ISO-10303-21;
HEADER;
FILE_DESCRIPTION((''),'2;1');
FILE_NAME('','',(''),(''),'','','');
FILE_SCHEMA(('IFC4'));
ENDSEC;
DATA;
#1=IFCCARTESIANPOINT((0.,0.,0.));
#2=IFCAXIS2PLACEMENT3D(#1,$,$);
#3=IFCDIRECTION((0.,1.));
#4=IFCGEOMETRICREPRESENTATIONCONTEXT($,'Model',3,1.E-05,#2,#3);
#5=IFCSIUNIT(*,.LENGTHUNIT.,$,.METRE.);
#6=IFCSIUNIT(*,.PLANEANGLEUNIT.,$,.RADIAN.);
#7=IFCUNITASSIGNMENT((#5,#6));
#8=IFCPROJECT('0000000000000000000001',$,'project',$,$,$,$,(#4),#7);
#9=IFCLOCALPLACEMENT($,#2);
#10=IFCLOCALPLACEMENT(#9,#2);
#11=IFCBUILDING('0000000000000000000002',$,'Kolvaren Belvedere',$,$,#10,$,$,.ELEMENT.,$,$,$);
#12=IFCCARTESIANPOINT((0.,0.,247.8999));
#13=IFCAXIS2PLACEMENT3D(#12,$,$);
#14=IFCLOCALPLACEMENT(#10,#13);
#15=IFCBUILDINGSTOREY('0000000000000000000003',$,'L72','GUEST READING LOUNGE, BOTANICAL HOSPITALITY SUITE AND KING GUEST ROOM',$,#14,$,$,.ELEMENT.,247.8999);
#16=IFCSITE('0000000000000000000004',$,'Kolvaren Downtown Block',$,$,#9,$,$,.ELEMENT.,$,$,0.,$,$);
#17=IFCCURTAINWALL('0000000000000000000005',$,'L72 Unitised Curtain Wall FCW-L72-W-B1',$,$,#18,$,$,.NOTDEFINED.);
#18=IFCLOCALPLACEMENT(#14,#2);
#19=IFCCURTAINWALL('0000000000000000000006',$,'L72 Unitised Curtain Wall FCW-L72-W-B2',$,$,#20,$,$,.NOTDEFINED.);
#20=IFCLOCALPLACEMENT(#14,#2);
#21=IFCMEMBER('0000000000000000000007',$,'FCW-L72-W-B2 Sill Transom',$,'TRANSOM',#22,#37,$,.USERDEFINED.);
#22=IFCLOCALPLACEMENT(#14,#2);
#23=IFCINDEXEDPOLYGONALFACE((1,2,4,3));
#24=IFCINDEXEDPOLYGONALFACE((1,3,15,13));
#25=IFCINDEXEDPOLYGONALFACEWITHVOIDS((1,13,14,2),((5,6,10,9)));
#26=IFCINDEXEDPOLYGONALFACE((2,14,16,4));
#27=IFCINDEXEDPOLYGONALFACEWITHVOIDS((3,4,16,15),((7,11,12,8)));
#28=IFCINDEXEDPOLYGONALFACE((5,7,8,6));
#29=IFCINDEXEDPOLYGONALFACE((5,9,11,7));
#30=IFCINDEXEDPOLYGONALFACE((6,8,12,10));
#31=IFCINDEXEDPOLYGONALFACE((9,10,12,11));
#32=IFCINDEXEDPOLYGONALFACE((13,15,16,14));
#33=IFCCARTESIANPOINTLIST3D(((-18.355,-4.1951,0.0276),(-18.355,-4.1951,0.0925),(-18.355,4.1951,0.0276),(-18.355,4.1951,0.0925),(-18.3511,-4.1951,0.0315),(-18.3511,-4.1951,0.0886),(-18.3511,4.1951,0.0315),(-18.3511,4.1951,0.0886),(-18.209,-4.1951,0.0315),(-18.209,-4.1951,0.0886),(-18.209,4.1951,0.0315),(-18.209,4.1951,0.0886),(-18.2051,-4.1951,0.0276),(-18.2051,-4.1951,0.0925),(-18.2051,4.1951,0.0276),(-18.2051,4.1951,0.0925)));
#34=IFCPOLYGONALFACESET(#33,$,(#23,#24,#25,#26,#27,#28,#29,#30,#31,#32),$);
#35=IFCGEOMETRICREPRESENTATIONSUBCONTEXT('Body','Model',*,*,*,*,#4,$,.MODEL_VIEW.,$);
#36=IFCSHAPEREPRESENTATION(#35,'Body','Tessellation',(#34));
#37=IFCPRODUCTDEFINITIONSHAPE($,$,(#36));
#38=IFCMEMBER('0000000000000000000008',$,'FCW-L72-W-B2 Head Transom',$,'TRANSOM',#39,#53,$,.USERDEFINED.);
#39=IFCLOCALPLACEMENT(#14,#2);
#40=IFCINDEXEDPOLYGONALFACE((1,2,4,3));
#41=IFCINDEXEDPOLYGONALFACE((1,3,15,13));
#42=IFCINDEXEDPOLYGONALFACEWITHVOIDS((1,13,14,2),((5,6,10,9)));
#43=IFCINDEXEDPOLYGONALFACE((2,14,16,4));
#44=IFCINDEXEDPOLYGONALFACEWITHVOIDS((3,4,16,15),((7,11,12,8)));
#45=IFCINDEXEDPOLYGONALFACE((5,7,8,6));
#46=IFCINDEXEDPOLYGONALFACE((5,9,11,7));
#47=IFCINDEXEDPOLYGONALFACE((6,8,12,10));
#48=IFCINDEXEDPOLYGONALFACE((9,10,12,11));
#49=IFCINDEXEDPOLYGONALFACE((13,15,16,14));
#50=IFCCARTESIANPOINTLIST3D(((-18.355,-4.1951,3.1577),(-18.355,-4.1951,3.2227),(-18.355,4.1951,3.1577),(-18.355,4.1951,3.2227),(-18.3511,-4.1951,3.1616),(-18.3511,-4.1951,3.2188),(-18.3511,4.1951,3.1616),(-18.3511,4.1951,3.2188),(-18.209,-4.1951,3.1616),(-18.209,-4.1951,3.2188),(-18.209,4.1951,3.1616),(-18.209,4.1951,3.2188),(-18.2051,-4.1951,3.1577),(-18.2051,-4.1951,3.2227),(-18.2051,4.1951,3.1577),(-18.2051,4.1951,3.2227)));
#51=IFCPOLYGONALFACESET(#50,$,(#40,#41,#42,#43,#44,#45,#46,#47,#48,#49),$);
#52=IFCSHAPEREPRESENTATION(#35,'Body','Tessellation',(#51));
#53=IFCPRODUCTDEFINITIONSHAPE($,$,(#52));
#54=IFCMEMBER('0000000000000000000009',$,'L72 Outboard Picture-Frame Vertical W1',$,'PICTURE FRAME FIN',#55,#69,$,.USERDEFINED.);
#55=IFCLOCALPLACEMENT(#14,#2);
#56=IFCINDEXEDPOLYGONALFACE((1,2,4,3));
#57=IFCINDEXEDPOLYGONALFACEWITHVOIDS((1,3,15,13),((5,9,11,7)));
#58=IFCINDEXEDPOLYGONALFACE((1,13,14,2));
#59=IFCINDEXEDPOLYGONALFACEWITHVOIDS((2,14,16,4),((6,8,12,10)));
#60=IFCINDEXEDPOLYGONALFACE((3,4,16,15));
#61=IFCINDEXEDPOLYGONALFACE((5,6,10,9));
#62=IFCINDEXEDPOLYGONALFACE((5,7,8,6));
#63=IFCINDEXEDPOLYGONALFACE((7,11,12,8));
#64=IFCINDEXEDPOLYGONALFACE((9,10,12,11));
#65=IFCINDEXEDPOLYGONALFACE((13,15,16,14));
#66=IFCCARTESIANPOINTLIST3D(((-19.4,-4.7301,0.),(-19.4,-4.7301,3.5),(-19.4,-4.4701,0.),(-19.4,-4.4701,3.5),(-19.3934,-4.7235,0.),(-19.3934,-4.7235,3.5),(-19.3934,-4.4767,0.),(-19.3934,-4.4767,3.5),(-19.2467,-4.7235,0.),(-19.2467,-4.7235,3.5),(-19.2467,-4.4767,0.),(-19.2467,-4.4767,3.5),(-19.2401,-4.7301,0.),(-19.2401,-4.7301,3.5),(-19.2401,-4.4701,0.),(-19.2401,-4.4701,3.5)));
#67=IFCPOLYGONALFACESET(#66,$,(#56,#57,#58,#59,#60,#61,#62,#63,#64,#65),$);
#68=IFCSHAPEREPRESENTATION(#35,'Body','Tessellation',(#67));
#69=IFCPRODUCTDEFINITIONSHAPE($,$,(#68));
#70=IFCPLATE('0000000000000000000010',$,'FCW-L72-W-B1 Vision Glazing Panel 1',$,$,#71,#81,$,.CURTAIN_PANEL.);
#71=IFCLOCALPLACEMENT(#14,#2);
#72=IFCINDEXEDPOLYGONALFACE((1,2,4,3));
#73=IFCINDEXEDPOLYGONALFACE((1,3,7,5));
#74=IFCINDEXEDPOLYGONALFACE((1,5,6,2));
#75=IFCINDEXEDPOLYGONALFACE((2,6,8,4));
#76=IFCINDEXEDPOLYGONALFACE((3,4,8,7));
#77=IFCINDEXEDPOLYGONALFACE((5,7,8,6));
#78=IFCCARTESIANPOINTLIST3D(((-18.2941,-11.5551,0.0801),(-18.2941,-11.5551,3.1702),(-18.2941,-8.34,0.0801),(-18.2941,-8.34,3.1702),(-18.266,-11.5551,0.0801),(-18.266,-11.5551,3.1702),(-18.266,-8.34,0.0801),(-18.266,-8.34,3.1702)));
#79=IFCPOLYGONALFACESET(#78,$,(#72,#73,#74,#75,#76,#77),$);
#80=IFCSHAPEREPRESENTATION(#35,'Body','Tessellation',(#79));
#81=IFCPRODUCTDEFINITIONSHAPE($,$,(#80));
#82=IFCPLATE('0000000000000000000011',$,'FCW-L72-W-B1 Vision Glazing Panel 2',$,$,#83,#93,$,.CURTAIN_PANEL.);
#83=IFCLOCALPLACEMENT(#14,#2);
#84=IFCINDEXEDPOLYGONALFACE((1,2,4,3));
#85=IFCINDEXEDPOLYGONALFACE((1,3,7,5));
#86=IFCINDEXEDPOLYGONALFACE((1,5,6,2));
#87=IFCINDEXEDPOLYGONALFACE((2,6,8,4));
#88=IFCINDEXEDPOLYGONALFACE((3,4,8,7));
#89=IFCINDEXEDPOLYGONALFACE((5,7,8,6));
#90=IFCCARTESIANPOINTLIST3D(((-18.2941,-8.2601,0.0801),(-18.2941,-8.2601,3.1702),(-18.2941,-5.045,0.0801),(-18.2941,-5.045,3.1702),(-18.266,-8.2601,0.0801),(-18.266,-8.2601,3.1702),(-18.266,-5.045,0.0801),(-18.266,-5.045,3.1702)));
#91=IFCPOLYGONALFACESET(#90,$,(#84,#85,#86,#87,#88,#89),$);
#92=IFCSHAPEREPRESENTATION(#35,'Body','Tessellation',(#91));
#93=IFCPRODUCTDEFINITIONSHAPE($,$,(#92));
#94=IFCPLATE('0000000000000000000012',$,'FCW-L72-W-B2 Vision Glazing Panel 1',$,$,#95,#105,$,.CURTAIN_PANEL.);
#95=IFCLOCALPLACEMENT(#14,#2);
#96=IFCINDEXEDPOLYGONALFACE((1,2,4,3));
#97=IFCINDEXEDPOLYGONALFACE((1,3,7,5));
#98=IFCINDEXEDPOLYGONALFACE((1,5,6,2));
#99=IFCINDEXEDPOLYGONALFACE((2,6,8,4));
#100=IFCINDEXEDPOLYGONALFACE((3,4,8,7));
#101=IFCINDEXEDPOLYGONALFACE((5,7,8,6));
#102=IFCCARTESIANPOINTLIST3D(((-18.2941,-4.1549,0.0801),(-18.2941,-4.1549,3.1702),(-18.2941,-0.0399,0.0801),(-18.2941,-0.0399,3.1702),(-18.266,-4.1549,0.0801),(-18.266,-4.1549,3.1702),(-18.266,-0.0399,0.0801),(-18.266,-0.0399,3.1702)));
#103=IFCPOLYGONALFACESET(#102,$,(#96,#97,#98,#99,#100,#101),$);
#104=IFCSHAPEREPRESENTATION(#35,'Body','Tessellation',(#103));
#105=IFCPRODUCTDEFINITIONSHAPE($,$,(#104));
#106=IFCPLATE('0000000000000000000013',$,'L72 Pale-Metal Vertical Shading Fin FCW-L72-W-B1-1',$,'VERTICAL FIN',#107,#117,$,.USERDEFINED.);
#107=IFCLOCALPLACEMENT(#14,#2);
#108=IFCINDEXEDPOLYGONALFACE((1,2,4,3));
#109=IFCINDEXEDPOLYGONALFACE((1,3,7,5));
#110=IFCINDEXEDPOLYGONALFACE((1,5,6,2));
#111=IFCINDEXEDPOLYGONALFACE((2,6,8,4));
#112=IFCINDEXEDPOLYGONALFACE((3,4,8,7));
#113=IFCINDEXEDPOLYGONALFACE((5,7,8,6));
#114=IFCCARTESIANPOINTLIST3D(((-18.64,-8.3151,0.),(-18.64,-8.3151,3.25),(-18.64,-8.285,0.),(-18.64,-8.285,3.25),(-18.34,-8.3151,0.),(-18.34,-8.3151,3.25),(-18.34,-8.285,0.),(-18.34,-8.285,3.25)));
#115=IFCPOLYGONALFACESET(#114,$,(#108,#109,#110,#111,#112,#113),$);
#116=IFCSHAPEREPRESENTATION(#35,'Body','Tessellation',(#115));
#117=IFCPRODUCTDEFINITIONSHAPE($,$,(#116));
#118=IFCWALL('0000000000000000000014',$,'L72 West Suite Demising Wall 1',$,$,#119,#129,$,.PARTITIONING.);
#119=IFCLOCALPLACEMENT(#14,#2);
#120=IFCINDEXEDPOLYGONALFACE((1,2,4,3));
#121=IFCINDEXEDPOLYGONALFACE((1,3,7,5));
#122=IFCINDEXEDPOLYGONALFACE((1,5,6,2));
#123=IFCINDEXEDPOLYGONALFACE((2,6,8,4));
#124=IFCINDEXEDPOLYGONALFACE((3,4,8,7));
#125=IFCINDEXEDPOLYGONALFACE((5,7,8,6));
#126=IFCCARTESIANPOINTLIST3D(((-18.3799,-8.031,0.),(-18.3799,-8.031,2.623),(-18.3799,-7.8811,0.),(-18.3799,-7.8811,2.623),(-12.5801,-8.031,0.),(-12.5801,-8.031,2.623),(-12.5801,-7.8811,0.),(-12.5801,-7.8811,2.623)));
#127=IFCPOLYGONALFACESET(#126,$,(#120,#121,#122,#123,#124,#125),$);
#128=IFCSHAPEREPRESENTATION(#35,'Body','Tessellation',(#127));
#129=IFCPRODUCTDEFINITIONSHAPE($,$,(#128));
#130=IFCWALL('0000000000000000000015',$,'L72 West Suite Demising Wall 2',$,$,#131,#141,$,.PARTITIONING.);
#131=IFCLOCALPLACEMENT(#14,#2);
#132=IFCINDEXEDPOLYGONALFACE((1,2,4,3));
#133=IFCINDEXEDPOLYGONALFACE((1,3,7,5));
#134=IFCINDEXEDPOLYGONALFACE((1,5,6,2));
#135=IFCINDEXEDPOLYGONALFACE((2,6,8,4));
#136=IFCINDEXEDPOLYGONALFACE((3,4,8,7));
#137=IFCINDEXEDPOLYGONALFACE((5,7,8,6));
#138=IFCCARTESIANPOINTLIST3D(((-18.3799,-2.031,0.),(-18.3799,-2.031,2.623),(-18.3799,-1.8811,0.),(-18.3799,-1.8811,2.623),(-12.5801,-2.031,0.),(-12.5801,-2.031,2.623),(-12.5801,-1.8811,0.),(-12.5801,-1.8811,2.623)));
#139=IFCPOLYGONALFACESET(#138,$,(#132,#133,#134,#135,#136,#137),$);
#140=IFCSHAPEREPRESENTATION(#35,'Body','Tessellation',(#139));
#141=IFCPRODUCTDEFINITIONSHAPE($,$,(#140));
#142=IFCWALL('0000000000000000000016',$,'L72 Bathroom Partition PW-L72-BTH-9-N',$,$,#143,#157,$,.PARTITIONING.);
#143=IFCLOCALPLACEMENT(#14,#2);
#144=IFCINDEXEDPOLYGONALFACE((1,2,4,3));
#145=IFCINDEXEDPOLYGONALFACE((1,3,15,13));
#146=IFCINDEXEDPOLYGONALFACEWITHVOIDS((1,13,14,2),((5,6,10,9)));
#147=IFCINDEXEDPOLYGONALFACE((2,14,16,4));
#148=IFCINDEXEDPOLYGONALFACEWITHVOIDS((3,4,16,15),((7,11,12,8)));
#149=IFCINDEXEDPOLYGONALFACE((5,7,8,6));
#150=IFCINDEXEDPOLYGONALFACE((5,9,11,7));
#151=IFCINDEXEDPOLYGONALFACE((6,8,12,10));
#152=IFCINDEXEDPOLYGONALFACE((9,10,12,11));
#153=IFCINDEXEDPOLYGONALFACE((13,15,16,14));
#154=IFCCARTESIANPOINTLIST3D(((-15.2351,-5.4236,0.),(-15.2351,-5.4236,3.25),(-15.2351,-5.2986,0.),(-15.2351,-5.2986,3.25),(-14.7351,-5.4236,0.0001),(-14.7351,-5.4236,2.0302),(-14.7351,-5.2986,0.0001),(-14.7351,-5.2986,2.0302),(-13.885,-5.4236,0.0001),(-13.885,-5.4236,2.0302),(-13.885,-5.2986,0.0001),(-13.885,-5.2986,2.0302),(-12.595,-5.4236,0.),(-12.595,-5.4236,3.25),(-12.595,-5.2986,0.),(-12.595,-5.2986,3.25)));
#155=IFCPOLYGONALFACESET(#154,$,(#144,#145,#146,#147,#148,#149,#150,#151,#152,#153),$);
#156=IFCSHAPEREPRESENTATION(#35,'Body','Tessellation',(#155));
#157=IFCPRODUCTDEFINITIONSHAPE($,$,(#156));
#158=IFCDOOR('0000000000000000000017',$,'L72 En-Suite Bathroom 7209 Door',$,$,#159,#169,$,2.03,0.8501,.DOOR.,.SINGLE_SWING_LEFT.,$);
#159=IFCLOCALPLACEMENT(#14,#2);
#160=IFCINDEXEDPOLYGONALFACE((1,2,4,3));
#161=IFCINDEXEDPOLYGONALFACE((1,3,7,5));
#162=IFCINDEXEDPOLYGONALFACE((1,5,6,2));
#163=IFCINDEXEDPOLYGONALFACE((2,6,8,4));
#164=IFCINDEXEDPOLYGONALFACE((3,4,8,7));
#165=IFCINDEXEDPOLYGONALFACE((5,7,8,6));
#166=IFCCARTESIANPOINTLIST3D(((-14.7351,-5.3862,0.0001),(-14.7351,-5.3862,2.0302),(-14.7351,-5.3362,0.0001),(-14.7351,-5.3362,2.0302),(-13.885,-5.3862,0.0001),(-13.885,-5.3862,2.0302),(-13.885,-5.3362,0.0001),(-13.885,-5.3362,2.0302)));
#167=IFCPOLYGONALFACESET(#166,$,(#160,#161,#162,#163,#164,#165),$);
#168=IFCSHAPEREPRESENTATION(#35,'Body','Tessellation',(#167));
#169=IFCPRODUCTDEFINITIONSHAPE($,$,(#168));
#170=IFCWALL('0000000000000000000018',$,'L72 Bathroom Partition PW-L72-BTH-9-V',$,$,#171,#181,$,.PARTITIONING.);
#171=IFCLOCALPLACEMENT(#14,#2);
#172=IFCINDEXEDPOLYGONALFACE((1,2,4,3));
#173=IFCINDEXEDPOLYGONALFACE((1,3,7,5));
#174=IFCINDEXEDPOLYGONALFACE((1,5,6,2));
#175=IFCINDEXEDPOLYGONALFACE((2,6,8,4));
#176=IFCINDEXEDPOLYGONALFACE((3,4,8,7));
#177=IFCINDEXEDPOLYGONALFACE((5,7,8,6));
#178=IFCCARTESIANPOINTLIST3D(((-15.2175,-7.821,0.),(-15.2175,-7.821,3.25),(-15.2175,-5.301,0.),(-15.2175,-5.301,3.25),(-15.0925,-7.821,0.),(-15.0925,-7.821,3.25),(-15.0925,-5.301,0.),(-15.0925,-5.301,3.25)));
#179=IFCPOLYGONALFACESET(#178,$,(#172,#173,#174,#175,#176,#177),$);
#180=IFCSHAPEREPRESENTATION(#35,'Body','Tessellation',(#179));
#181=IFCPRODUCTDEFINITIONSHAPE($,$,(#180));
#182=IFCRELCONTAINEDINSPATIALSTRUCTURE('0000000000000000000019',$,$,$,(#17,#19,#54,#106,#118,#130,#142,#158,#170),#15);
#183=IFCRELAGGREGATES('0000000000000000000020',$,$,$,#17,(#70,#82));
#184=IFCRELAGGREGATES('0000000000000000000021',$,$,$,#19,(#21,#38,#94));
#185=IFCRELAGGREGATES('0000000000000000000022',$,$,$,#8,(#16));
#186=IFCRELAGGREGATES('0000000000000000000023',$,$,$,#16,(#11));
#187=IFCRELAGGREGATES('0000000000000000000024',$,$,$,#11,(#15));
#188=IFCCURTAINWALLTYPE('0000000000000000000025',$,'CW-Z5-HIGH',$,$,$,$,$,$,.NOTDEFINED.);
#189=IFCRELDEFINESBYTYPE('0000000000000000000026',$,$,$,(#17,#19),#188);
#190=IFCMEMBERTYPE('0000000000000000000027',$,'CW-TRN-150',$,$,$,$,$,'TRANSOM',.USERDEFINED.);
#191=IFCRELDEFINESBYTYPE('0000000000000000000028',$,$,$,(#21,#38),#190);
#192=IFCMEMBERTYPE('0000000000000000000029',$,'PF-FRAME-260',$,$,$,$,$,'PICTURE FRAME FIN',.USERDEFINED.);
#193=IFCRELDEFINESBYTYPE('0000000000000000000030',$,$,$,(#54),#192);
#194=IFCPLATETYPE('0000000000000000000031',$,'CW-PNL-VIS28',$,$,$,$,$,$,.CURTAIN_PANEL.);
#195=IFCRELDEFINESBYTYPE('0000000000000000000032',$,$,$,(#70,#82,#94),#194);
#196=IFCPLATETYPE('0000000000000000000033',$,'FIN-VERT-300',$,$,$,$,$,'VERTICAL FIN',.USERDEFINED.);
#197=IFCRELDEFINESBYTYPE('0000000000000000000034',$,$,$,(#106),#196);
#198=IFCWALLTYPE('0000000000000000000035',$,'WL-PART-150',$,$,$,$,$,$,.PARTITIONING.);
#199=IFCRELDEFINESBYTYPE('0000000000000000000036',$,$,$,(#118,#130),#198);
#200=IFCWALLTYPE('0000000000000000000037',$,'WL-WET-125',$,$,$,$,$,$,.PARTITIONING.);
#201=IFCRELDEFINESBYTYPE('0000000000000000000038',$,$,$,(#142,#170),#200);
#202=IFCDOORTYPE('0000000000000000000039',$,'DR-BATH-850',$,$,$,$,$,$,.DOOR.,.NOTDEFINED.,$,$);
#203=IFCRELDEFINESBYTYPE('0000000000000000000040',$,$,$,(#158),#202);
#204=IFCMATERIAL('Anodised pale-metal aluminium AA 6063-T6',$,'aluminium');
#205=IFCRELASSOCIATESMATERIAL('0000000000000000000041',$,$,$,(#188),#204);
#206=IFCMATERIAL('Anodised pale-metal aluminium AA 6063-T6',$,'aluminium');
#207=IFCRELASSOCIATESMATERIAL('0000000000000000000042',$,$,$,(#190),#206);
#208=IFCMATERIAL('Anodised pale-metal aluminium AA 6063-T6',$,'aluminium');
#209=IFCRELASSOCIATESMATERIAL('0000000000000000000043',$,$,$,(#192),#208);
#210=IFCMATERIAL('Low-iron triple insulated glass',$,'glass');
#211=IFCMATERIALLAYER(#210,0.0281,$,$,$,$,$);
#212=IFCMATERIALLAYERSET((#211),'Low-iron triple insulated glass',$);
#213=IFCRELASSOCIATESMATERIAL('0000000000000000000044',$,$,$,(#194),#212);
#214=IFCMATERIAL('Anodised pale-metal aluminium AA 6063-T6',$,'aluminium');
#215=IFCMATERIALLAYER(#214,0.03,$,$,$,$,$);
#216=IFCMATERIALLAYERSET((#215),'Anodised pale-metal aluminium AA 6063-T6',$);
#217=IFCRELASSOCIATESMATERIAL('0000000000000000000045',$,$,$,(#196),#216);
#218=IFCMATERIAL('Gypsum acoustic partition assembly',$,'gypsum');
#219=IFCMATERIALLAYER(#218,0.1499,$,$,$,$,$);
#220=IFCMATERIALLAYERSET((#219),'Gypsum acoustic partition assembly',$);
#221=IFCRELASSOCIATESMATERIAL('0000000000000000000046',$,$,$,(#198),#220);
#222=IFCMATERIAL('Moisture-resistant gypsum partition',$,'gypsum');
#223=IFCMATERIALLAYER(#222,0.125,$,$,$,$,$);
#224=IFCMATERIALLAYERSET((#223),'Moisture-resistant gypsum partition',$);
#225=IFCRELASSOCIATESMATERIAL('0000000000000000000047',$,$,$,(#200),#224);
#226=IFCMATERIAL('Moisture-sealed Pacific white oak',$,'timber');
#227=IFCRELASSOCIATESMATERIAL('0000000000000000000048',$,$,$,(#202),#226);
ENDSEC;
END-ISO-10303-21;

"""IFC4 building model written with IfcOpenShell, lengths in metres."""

from ifc_helpers import new_model, si_unit, direction, frame, frame_2d, origin, origin_2d, place, context, subcontext, project, spatial, rectangle, hollow_rectangle, extrude, material, layer, layer_set, material_profile, profile_set, type_object, element, fill, aggregate, save


model = new_model("IFC4")

# Units and contexts
model_context = context("Model", 3, precision=1e-05, world=origin(), true_north=direction((0.0, 1.0)))
body_context = subcontext(model_context, "Body", "Model", "MODEL_VIEW")
ifc_project = project(units=[si_unit("LENGTHUNIT", "METRE"), si_unit("PLANEANGLEUNIT", "RADIAN")], contexts=[model_context])

# Site, building, storey
site_placement = place(None, origin())
site = spatial("IfcSite", under=ifc_project, at=site_placement, Name="Kolvaren Downtown Block", CompositionType="ELEMENT", RefElevation=0.0)
building_placement = place(site_placement, origin())
building = spatial("IfcBuilding", under=site, at=building_placement, Name="Kolvaren Belvedere", CompositionType="ELEMENT")
storey_placement = place(building_placement, frame((0.0, 0.0, 247.8999)))
storey = spatial("IfcBuildingStorey", under=building, at=storey_placement, Name="L72", Description="GUEST READING LOUNGE, BOTANICAL HOSPITALITY SUITE AND KING GUEST ROOM", CompositionType="ELEMENT", Elevation=247.8999)

# Curtain wall
ifc_material_1 = material(Name="Anodised pale-metal aluminium AA 6063-T6", Category="aluminium")
curtain_wall_type = type_object("IfcCurtainWallType", Name="CW-Z5-HIGH", PredefinedType="NOTDEFINED", material=ifc_material_1)
curtain_wall_1_placement = place(storey_placement, origin())
curtain_wall_1 = element("IfcCurtainWall", 1, at=curtain_wall_1_placement, inside=storey, type_object=curtain_wall_type, Name="L72 Unitised Curtain Wall FCW-L72-W-B1", PredefinedType="NOTDEFINED")

# Curtain wall
curtain_wall_2_placement = place(storey_placement, origin())
curtain_wall_2 = element("IfcCurtainWall", 2, at=curtain_wall_2_placement, inside=storey, type_object=curtain_wall_type, Name="L72 Unitised Curtain Wall FCW-L72-W-B2", PredefinedType="NOTDEFINED")

# Members
ifc_material_2 = material(Name="Anodised pale-metal aluminium AA 6063-T6", Category="aluminium")
ifc_material_profile_1 = material_profile(ifc_material_2, hollow_rectangle(XDim=0.0649, YDim=0.1499, WallThickness=0.0039, at=origin_2d()), Name="ALU-TRN-150X65")
ifc_profile_set_1 = profile_set([ifc_material_profile_1], Name="Anodised pale-metal aluminium AA 6063-T6")
member_type_1 = type_object("IfcMemberType", Name="CW-TRN-150", ElementType="TRANSOM", PredefinedType="USERDEFINED", material=ifc_profile_set_1)
member_1_placement = place(storey_placement, frame((-18.28, -4.1951, 0.0601), z_axis=(0.0, 1.0, 0.0), x_axis=(0.0, 0.0, 1.0)))
member_1 = element("IfcMember", 3, at=member_1_placement, type_object=member_type_1, Name="FCW-L72-W-B2 Sill Transom", ObjectType="TRANSOM", PredefinedType="USERDEFINED", context=body_context, shape_type="SweptSolid", body=[
    extrude(hollow_rectangle(XDim=0.0649, YDim=0.1499, WallThickness=0.0039, at=origin_2d()), origin(), (0.0, 0.0, 1.0), 8.3901),
])
member_2_placement = place(storey_placement, frame((-18.28, -4.1951, 3.1902), z_axis=(0.0, 1.0, 0.0), x_axis=(0.0, 0.0, 1.0)))
member_2 = element("IfcMember", 4, at=member_2_placement, type_object=member_type_1, Name="FCW-L72-W-B2 Head Transom", ObjectType="TRANSOM", PredefinedType="USERDEFINED", context=body_context, shape_type="SweptSolid", body=[
    extrude(hollow_rectangle(XDim=0.0649, YDim=0.1499, WallThickness=0.0039, at=origin_2d()), origin(), (0.0, 0.0, 1.0), 8.3901),
])
ifc_material_3 = material(Name="Anodised pale-metal aluminium AA 6063-T6", Category="aluminium")
ifc_material_profile_2 = material_profile(ifc_material_3, hollow_rectangle(XDim=0.1599, YDim=0.26, WallThickness=0.0066, at=origin_2d()), Name="ALU-PF-260X160")
ifc_profile_set_2 = profile_set([ifc_material_profile_2], Name="Anodised pale-metal aluminium AA 6063-T6")
member_type_2 = type_object("IfcMemberType", Name="PF-FRAME-260", ElementType="PICTURE FRAME FIN", PredefinedType="USERDEFINED", material=ifc_profile_set_2)
member_3_placement = place(storey_placement, frame((-19.3201, -4.6001, 0.0), z_axis=(0.0, 0.0, 1.0), x_axis=(1.0, 0.0, 0.0)))
element("IfcMember", 5, at=member_3_placement, inside=storey, type_object=member_type_2, Name="L72 Outboard Picture-Frame Vertical W1", ObjectType="PICTURE FRAME FIN", PredefinedType="USERDEFINED", context=body_context, shape_type="SweptSolid", body=[
    extrude(hollow_rectangle(XDim=0.1599, YDim=0.26, WallThickness=0.0066, at=origin_2d()), origin(), (0.0, 0.0, 1.0), 3.5),
])

# Plates
ifc_material_4 = material(Name="Low-iron triple insulated glass", Category="glass")
ifc_layer_1 = layer(ifc_material_4, 0.0281)
ifc_layer_set_1 = layer_set([ifc_layer_1], Name="Low-iron triple insulated glass")
plate_type_1 = type_object("IfcPlateType", Name="CW-PNL-VIS28", PredefinedType="CURTAIN_PANEL", material=ifc_layer_set_1)
plate_1_placement = place(storey_placement, frame((-18.28, -9.9475, 0.0801), z_axis=(0.0, 0.0, 1.0), x_axis=(0.0, 1.0, 0.0)))
plate_1 = element("IfcPlate", 6, at=plate_1_placement, type_object=plate_type_1, Name="FCW-L72-W-B1 Vision Glazing Panel 1", PredefinedType="CURTAIN_PANEL", context=body_context, shape_type="SweptSolid", body=[
    extrude(rectangle(XDim=3.2151, YDim=0.0281, at=origin_2d()), origin(), (0.0, 0.0, 1.0), 3.0901),
])
plate_2_placement = place(storey_placement, frame((-18.28, -6.6526, 0.0801), z_axis=(0.0, 0.0, 1.0), x_axis=(0.0, 1.0, 0.0)))
plate_2 = element("IfcPlate", 7, at=plate_2_placement, type_object=plate_type_1, Name="FCW-L72-W-B1 Vision Glazing Panel 2", PredefinedType="CURTAIN_PANEL", context=body_context, shape_type="SweptSolid", body=[
    extrude(rectangle(XDim=3.2151, YDim=0.0281, at=origin_2d()), origin(), (0.0, 0.0, 1.0), 3.0901),
])
aggregate(curtain_wall_1, [plate_1, plate_2])
plate_3_placement = place(storey_placement, frame((-18.28, -2.0974, 0.0801), z_axis=(0.0, 0.0, 1.0), x_axis=(0.0, 1.0, 0.0)))
plate_3 = element("IfcPlate", 8, at=plate_3_placement, type_object=plate_type_1, Name="FCW-L72-W-B2 Vision Glazing Panel 1", PredefinedType="CURTAIN_PANEL", context=body_context, shape_type="SweptSolid", body=[
    extrude(rectangle(XDim=4.115, YDim=0.0281, at=origin_2d()), origin(), (0.0, 0.0, 1.0), 3.0901),
])
aggregate(curtain_wall_2, [member_1, member_2, plate_3])
ifc_material_5 = material(Name="Anodised pale-metal aluminium AA 6063-T6", Category="aluminium")
ifc_layer_2 = layer(ifc_material_5, 0.03)
ifc_layer_set_2 = layer_set([ifc_layer_2], Name="Anodised pale-metal aluminium AA 6063-T6")
plate_type_2 = type_object("IfcPlateType", Name="FIN-VERT-300", ElementType="VERTICAL FIN", PredefinedType="USERDEFINED", material=ifc_layer_set_2)
plate_4_placement = place(storey_placement, frame((-18.49, -8.3, 0.0), z_axis=(0.0, 0.0, 1.0), x_axis=(1.0, 0.0, 0.0)))
element("IfcPlate", 9, at=plate_4_placement, inside=storey, type_object=plate_type_2, Name="L72 Pale-Metal Vertical Shading Fin FCW-L72-W-B1-1", ObjectType="VERTICAL FIN", PredefinedType="USERDEFINED", context=body_context, shape_type="SweptSolid", body=[
    extrude(rectangle(XDim=0.3, YDim=0.03, at=origin_2d()), origin(), (0.0, 0.0, 1.0), 3.25),
])

# Walls
ifc_material_6 = material(Name="Gypsum acoustic partition assembly", Category="gypsum")
ifc_layer_3 = layer(ifc_material_6, 0.1499)
ifc_layer_set_3 = layer_set([ifc_layer_3], Name="Gypsum acoustic partition assembly")
wall_type_1 = type_object("IfcWallType", Name="WL-PART-150", PredefinedType="PARTITIONING", material=ifc_layer_set_3)
for number, where, z_axis, x_axis, name in (
    (10, (-18.3799, -7.9561, 0.0), (0.0, 0.0, 1.0), (1.0, 0.0, 0.0), "L72 West Suite Demising Wall 1"),
    (11, (-18.3799, -1.9561, 0.0), (0.0, 0.0, 1.0), (1.0, 0.0, 0.0), "L72 West Suite Demising Wall 2"),
):
    element("IfcWall", number, at=place(storey_placement, frame(where, z_axis=z_axis, x_axis=x_axis)), inside=storey, type_object=wall_type_1, Name=name, PredefinedType="PARTITIONING", context=body_context, shape_type="SweptSolid", body=[
        extrude(rectangle(XDim=5.7998, YDim=0.1499, at=frame_2d((2.8999, 0.0))), origin(), (0.0, 0.0, 1.0), 2.623),
    ])

# Wall, opening, door
ifc_material_7 = material(Name="Moisture-resistant gypsum partition", Category="gypsum")
ifc_layer_4 = layer(ifc_material_7, 0.125)
ifc_layer_set_4 = layer_set([ifc_layer_4], Name="Moisture-resistant gypsum partition")
wall_type_2 = type_object("IfcWallType", Name="WL-WET-125", PredefinedType="PARTITIONING", material=ifc_layer_set_4)
wall_1_placement = place(storey_placement, frame((-15.2351, -5.3611, 0.0), z_axis=(0.0, 0.0, 1.0), x_axis=(1.0, 0.0, 0.0)))
wall_1 = element("IfcWall", 12, at=wall_1_placement, inside=storey, type_object=wall_type_2, Name="L72 Bathroom Partition PW-L72-BTH-9-N", PredefinedType="PARTITIONING", context=body_context, shape_type="SweptSolid", body=[
    extrude(rectangle(XDim=2.6401, YDim=0.125, at=frame_2d((1.3201, 0.0))), origin(), (0.0, 0.0, 1.0), 3.25),
])
opening_placement = place(wall_1_placement, frame((0.5, 0.0, 0.0)))
opening = element("IfcOpeningElement", 13, at=opening_placement, cuts=wall_1, PredefinedType="OPENING", context=body_context, shape_type="SweptSolid", body=[
    extrude(rectangle(XDim=0.8501, YDim=2.03, at=frame_2d((0.425, 1.0151))), frame((0.0, 0.0725, 0.0), z_axis=(0.0, -1.0, 0.0), x_axis=(1.0, 0.0, 0.0)), (0.0, 0.0, 1.0), 0.145),
])
ifc_material_8 = material(Name="Moisture-sealed Pacific white oak", Category="timber")
door_type = type_object("IfcDoorType", Name="DR-BATH-850", OperationType="NOTDEFINED", PredefinedType="DOOR", material=ifc_material_8)
door_placement = place(opening_placement, origin())
door = element("IfcDoor", 14, at=door_placement, inside=storey, type_object=door_type, Name="L72 En-Suite Bathroom 7209 Door", OperationType="SINGLE_SWING_LEFT", OverallHeight=2.03, OverallWidth=0.8501, PredefinedType="DOOR", context=body_context, shape_type="SweptSolid", body=[
    extrude(rectangle(XDim=0.8501, YDim=2.03, at=frame_2d((0.425, 1.0151))), frame((0.0, 0.0249, 0.0), z_axis=(0.0, -1.0, 0.0), x_axis=(1.0, 0.0, 0.0)), (0.0, 0.0, 1.0), 0.05),
])
fill(opening, door)

# Wall
wall_2_placement = place(storey_placement, frame((-15.155, -7.821, 0.0), z_axis=(0.0, 0.0, 1.0), x_axis=(0.0, 1.0, 0.0)))
element("IfcWall", 15, at=wall_2_placement, inside=storey, type_object=wall_type_2, Name="L72 Bathroom Partition PW-L72-BTH-9-V", PredefinedType="PARTITIONING", context=body_context, shape_type="SweptSolid", body=[
    extrude(rectangle(XDim=2.52, YDim=0.125, at=frame_2d((1.26, 0.0))), origin(), (0.0, 0.0, 1.0), 3.25),
])

save(model, "model.ifc")
